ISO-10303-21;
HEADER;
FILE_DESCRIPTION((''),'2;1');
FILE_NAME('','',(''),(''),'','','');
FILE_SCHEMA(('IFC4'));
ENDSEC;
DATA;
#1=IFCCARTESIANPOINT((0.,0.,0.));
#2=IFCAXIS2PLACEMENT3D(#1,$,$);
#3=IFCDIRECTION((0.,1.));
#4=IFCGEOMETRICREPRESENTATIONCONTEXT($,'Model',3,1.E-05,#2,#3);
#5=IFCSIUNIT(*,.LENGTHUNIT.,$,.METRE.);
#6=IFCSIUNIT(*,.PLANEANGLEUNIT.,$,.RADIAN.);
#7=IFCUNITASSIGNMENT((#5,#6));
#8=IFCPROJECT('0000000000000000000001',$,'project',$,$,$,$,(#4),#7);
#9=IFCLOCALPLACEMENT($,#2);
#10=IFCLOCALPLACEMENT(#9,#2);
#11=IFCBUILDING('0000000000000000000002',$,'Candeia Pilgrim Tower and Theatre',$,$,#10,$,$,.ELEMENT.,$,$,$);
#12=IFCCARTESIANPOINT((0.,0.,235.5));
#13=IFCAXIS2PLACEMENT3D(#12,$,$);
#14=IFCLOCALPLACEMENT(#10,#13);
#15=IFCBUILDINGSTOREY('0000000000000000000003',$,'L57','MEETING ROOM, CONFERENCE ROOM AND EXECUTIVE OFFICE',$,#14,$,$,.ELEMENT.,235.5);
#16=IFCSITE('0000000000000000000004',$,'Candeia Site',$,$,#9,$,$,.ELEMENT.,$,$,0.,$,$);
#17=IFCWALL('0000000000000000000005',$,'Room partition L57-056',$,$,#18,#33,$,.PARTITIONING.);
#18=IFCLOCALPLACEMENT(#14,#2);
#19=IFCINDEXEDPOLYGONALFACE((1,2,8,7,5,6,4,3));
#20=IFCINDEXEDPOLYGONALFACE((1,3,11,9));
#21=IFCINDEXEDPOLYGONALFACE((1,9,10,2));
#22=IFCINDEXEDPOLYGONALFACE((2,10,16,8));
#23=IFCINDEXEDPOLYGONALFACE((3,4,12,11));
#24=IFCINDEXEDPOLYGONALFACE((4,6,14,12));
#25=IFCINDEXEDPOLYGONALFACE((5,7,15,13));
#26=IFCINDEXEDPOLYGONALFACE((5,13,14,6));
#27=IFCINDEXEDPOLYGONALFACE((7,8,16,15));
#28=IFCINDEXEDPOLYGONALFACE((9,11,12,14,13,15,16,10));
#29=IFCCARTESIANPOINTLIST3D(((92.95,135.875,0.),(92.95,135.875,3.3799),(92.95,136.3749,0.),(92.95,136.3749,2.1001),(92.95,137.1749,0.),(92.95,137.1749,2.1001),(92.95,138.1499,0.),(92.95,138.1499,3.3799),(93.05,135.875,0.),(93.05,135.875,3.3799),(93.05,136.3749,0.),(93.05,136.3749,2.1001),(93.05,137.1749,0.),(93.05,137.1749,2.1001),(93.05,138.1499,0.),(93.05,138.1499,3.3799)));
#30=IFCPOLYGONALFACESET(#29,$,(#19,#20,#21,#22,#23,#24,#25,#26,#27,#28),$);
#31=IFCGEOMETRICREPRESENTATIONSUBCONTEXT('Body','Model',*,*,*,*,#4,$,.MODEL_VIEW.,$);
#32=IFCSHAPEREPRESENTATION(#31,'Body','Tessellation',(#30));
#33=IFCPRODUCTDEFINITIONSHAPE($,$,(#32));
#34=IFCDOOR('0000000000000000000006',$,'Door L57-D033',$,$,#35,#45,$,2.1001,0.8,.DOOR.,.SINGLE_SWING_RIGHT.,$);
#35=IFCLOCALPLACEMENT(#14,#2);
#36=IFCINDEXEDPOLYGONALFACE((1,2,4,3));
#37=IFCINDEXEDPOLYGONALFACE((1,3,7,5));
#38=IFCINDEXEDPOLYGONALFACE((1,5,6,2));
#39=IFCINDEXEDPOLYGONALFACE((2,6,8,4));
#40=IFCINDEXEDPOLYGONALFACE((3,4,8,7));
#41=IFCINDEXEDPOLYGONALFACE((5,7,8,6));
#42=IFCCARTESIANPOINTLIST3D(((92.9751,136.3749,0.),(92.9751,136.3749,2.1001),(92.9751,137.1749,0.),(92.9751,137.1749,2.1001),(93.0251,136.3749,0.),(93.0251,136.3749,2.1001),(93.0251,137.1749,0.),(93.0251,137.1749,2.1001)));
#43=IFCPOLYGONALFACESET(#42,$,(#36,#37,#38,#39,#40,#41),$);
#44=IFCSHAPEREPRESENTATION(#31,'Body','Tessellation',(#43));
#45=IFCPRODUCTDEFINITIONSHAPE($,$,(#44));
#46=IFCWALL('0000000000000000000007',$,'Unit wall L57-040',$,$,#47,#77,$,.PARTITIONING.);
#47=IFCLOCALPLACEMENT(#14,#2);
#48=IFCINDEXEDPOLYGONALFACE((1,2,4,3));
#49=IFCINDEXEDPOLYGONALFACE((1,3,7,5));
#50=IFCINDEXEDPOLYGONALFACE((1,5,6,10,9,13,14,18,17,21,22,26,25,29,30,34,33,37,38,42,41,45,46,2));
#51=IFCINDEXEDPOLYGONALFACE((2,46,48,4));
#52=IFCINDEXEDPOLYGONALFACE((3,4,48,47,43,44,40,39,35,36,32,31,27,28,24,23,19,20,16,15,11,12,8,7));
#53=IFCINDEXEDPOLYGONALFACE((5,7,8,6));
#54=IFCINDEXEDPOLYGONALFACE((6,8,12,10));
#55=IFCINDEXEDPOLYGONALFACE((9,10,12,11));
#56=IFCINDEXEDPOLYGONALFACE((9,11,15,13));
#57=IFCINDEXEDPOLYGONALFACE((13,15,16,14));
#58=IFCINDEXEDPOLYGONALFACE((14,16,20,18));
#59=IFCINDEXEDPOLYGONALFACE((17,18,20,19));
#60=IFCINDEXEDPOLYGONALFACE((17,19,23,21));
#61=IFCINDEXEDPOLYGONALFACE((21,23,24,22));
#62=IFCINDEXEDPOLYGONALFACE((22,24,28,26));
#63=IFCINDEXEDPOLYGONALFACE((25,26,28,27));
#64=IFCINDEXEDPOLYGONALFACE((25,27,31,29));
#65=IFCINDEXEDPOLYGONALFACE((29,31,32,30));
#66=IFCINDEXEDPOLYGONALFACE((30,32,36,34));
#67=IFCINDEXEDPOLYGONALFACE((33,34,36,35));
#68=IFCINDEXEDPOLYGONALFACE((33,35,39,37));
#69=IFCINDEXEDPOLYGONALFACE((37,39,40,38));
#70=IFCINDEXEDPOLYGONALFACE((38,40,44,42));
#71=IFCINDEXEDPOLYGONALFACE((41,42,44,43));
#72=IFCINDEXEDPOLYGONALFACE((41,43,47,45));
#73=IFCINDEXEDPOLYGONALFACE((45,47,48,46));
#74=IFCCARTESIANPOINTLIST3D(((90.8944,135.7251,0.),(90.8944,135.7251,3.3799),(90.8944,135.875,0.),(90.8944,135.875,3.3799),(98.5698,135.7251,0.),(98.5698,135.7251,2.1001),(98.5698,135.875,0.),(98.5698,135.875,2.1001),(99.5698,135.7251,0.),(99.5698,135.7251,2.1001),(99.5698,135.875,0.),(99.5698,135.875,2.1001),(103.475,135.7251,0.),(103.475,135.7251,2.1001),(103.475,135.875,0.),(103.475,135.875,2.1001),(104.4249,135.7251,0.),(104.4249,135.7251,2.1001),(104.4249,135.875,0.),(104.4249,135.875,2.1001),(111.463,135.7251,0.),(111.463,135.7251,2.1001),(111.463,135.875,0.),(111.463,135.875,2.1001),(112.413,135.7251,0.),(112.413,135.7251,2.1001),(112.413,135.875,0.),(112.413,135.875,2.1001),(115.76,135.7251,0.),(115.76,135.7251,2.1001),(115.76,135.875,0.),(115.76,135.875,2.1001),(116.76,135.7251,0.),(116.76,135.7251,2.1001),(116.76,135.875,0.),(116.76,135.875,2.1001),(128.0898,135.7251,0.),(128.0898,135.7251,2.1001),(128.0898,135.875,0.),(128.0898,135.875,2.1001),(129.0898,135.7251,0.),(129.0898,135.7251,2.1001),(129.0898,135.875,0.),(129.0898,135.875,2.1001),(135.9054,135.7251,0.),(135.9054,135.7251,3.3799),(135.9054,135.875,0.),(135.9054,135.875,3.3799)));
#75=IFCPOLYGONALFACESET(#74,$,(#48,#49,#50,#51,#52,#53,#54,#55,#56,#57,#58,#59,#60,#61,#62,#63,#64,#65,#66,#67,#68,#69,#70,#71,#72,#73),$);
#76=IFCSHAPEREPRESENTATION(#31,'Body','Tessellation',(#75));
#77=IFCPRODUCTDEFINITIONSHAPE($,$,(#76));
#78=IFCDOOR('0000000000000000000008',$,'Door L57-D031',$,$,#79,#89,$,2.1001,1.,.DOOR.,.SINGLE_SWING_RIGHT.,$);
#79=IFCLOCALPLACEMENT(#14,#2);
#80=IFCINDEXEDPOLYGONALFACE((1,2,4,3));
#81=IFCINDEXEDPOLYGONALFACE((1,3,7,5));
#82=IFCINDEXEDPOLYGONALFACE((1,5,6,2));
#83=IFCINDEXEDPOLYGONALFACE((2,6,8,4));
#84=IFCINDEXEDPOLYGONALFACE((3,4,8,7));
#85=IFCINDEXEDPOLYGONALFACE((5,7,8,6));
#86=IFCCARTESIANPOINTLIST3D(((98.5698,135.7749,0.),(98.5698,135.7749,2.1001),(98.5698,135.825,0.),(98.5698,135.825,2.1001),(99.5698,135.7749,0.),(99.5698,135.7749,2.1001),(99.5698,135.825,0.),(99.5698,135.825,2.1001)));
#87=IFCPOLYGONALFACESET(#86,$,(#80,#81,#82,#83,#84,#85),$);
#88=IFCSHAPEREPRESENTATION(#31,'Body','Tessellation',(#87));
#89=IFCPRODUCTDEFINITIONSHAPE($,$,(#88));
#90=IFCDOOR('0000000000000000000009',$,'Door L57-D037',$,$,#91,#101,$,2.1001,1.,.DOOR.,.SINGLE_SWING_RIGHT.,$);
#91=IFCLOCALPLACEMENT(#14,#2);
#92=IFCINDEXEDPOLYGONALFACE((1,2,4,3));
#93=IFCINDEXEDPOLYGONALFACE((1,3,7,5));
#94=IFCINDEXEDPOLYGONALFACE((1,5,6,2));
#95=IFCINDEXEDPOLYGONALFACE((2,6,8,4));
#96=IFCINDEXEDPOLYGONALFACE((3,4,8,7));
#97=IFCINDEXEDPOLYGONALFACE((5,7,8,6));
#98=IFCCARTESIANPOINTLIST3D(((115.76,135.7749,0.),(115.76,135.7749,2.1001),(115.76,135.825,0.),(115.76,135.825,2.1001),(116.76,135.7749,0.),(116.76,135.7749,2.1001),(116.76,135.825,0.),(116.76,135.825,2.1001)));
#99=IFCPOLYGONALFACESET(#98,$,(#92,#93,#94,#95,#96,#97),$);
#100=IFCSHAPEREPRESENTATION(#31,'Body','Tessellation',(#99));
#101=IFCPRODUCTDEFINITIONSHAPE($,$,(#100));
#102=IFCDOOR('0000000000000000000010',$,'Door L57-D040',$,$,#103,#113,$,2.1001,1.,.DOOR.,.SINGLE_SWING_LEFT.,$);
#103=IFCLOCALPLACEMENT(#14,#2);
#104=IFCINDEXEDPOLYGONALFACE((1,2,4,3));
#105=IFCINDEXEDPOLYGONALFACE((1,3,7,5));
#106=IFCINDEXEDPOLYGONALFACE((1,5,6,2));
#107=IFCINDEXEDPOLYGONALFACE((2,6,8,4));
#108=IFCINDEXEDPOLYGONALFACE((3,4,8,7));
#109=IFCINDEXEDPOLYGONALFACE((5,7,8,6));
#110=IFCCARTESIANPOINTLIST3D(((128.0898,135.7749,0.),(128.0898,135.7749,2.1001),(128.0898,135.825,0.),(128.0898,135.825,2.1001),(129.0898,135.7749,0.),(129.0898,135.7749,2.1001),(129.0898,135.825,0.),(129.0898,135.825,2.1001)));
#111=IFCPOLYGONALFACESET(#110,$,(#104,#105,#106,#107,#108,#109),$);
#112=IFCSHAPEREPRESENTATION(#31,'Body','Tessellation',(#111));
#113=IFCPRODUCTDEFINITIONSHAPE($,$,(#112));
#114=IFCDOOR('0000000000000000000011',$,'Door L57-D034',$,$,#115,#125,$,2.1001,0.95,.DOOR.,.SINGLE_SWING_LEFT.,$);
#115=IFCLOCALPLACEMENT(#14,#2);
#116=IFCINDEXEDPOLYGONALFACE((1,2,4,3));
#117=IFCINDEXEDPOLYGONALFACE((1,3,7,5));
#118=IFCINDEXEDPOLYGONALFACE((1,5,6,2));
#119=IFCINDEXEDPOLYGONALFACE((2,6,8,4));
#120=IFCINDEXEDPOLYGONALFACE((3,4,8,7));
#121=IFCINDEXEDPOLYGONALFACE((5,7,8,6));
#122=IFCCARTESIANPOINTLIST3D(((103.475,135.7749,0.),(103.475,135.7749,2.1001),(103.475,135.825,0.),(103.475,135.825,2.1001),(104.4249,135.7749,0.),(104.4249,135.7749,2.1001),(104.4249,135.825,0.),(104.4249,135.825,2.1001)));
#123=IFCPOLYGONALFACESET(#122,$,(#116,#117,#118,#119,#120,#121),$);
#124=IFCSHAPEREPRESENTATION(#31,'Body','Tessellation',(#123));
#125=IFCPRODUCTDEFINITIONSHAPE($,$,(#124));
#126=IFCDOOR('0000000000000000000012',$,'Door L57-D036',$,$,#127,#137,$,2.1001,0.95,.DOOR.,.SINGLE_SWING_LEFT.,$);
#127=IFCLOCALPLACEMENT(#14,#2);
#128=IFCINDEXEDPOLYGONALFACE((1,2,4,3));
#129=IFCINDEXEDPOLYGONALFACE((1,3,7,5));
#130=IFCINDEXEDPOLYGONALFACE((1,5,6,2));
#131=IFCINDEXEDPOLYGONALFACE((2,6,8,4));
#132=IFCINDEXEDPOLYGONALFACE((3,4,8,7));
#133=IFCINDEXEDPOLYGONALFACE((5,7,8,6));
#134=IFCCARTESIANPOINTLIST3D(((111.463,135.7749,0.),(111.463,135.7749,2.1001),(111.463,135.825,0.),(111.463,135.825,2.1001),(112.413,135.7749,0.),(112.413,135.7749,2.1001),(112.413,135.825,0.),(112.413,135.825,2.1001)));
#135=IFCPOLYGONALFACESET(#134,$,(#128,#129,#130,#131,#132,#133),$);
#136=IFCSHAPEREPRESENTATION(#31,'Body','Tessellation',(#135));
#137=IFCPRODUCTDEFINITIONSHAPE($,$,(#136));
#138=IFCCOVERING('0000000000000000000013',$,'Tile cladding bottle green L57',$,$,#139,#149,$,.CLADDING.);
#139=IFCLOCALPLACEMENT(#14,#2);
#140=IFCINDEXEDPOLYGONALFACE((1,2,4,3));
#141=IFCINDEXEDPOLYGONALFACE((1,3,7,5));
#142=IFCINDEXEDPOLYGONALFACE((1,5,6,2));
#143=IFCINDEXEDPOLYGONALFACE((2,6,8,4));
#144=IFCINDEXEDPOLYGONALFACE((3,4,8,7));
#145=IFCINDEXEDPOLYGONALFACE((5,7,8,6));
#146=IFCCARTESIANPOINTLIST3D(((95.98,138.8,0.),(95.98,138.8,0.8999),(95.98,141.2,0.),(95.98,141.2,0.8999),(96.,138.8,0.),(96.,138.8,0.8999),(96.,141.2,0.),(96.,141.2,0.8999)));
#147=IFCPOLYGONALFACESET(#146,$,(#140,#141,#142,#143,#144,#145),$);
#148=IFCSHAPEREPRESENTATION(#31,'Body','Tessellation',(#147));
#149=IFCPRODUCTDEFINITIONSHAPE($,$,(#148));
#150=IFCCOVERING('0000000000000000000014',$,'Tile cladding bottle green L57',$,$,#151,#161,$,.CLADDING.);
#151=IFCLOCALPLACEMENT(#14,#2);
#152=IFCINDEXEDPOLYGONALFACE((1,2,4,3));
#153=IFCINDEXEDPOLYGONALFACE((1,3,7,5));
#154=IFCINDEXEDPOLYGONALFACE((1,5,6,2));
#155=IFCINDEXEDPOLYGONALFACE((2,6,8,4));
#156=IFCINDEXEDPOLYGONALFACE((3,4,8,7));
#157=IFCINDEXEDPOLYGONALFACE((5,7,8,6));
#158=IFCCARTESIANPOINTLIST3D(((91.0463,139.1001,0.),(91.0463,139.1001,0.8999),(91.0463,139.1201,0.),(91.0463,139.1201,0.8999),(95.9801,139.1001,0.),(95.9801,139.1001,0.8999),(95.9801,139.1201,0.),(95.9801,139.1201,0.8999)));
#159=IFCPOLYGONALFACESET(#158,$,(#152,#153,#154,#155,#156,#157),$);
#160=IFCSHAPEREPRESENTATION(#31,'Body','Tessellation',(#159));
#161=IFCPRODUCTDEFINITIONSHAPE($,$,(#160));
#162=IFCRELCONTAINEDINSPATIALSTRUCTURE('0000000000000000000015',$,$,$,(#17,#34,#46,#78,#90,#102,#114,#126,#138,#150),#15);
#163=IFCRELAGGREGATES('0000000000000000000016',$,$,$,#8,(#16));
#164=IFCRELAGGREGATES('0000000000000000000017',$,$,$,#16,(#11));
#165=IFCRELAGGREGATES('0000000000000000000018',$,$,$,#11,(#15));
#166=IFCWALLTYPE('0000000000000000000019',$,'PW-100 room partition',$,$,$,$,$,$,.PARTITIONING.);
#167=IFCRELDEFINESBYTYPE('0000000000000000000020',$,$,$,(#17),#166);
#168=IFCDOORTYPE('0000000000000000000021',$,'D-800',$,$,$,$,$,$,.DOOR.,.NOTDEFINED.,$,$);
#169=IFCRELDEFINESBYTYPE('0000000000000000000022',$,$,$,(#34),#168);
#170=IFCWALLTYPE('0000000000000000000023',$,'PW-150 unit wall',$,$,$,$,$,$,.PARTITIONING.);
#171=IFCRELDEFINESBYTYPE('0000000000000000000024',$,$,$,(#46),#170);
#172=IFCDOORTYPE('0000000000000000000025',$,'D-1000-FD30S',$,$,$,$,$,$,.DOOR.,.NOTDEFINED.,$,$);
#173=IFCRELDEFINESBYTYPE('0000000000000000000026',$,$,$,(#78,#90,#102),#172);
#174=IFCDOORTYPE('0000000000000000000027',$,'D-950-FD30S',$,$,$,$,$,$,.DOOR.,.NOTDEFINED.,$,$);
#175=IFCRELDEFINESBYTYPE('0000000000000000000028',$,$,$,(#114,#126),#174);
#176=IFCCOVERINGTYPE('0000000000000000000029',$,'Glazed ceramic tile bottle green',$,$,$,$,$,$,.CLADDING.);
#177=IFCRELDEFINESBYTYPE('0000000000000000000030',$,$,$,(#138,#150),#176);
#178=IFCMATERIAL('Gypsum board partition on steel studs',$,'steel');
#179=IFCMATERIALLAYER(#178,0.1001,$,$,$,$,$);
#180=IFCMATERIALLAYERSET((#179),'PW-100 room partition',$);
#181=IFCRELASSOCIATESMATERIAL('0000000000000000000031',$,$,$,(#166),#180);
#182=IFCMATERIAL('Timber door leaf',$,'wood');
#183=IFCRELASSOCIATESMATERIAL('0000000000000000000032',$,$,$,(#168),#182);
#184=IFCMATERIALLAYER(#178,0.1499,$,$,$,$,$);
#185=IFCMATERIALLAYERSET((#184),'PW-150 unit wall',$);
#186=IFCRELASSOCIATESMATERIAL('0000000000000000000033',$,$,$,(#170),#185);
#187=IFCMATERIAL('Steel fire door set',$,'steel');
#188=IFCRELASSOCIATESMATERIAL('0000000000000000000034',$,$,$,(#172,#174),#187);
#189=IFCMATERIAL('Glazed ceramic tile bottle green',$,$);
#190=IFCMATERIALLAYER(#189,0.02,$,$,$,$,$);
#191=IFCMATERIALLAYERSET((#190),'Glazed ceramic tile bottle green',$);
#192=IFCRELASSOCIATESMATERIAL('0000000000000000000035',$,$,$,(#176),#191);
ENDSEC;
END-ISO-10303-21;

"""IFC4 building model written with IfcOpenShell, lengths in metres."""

from ifc_helpers import new_model, si_unit, direction, frame, frame_2d, origin, origin_2d, place, context, subcontext, project, spatial, rectangle, extrude, material, layer, layer_set, type_object, element, fill, save


model = new_model("IFC4")

# Units and contexts
model_context = context("Model", 3, precision=1e-05, world=origin(), true_north=direction((0.0, 1.0)))
body_context = subcontext(model_context, "Body", "Model", "MODEL_VIEW")
ifc_project = project(units=[si_unit("LENGTHUNIT", "METRE"), si_unit("PLANEANGLEUNIT", "RADIAN")], contexts=[model_context])

# Site, building, storey
site_placement = place(None, origin())
site = spatial("IfcSite", under=ifc_project, at=site_placement, Name="Candeia Site", CompositionType="ELEMENT", RefElevation=0.0)
building_placement = place(site_placement, origin())
building = spatial("IfcBuilding", under=site, at=building_placement, Name="Candeia Pilgrim Tower and Theatre", CompositionType="ELEMENT")
storey_placement = place(building_placement, frame((0.0, 0.0, 235.5)))
storey = spatial("IfcBuildingStorey", under=building, at=storey_placement, Name="L57", Description="MEETING ROOM, CONFERENCE ROOM AND EXECUTIVE OFFICE", CompositionType="ELEMENT", Elevation=235.5)

# Shared definitions
ifc_material_1 = material(Name="Gypsum board partition on steel studs", Category="steel")
ifc_layer_1 = layer(ifc_material_1, 0.1001)
ifc_layer_set_1 = layer_set([ifc_layer_1], Name="PW-100 room partition")
wall_type_1 = type_object("IfcWallType", Name="PW-100 room partition", PredefinedType="PARTITIONING", material=ifc_layer_set_1)

# Wall, opening, door
wall_1_placement = place(storey_placement, frame((93.0, 135.875, 0.0), z_axis=(0.0, 0.0, 1.0), x_axis=(0.0, 1.0, 0.0)))
wall_1 = element("IfcWall", 1, at=wall_1_placement, inside=storey, type_object=wall_type_1, Name="Room partition L57-056", PredefinedType="PARTITIONING", context=body_context, shape_type="SweptSolid", body=[
    extrude(rectangle(XDim=2.2749, YDim=0.1001, at=frame_2d((1.1375, 0.0))), origin(), (0.0, 0.0, 1.0), 3.3799),
])
opening_1_placement = place(wall_1_placement, frame((0.5, 0.0, 0.0)))
opening_1 = element("IfcOpeningElement", 2, at=opening_1_placement, cuts=wall_1, PredefinedType="OPENING", context=body_context, shape_type="SweptSolid", body=[
    extrude(rectangle(XDim=0.8, YDim=2.1001, at=frame_2d((0.3999, 1.05))), frame((0.0, 0.0601, 0.0), z_axis=(0.0, -1.0, 0.0), x_axis=(1.0, 0.0, 0.0)), (0.0, 0.0, 1.0), 0.1201),
])
ifc_material_2 = material(Name="Timber door leaf", Category="wood")
door_type_1 = type_object("IfcDoorType", Name="D-800", OperationType="NOTDEFINED", PredefinedType="DOOR", material=ifc_material_2)
door_1_placement = place(opening_1_placement, origin())
door_1 = element("IfcDoor", 3, at=door_1_placement, inside=storey, type_object=door_type_1, Name="Door L57-D033", OperationType="SINGLE_SWING_RIGHT", OverallHeight=2.1001, OverallWidth=0.8, PredefinedType="DOOR", context=body_context, shape_type="SweptSolid", body=[
    extrude(rectangle(XDim=0.8, YDim=2.1001, at=frame_2d((0.3999, 1.05))), frame((0.0, 0.0249, 0.0), z_axis=(0.0, -1.0, 0.0), x_axis=(1.0, 0.0, 0.0)), (0.0, 0.0, 1.0), 0.05),
])
fill(opening_1, door_1)

# Wall, openings, doors
ifc_layer_2 = layer(ifc_material_1, 0.1499)
ifc_layer_set_2 = layer_set([ifc_layer_2], Name="PW-150 unit wall")
wall_type_2 = type_object("IfcWallType", Name="PW-150 unit wall", PredefinedType="PARTITIONING", material=ifc_layer_set_2)
wall_2_placement = place(storey_placement, frame((90.8945, 135.8, 0.0), z_axis=(0.0, 0.0, 1.0), x_axis=(1.0, 0.0, 0.0)))
wall_2 = element("IfcWall", 4, at=wall_2_placement, inside=storey, type_object=wall_type_2, Name="Unit wall L57-040", PredefinedType="PARTITIONING", context=body_context, shape_type="SweptSolid", body=[
    extrude(rectangle(XDim=45.011, YDim=0.1499, at=frame_2d((22.5054, 0.0))), origin(), (0.0, 0.0, 1.0), 3.3799),
])
opening_2_placement = place(wall_2_placement, frame((7.6753, 0.0, 0.0)))
opening_2 = element("IfcOpeningElement", 5, at=opening_2_placement, cuts=wall_2, PredefinedType="OPENING", context=body_context, shape_type="SweptSolid", body=[
    extrude(rectangle(XDim=1.0, YDim=2.1001, at=frame_2d((0.5, 1.05))), frame((0.0, 0.085, 0.0), z_axis=(0.0, -1.0, 0.0), x_axis=(1.0, 0.0, 0.0)), (0.0, 0.0, 1.0), 0.1699),
])
opening_3_placement = place(wall_2_placement, frame((12.5803, 0.0, 0.0)))
opening_3 = element("IfcOpeningElement", 6, at=opening_3_placement, cuts=wall_2, PredefinedType="OPENING", context=body_context, shape_type="SweptSolid", body=[
    extrude(rectangle(XDim=0.95, YDim=2.1001, at=frame_2d((0.4751, 1.05))), frame((0.0, 0.085, 0.0), z_axis=(0.0, -1.0, 0.0), x_axis=(1.0, 0.0, 0.0)), (0.0, 0.0, 1.0), 0.1699),
])
opening_4_placement = place(wall_2_placement, frame((20.5684, 0.0, 0.0)))
opening_4 = element("IfcOpeningElement", 7, at=opening_4_placement, cuts=wall_2, PredefinedType="OPENING", context=body_context, shape_type="SweptSolid", body=[
    extrude(rectangle(XDim=0.95, YDim=2.1001, at=frame_2d((0.4751, 1.05))), frame((0.0, 0.085, 0.0), z_axis=(0.0, -1.0, 0.0), x_axis=(1.0, 0.0, 0.0)), (0.0, 0.0, 1.0), 0.1699),
])
opening_5_placement = place(wall_2_placement, frame((24.8655, 0.0, 0.0)))
opening_5 = element("IfcOpeningElement", 8, at=opening_5_placement, cuts=wall_2, PredefinedType="OPENING", context=body_context, shape_type="SweptSolid", body=[
    extrude(rectangle(XDim=1.0, YDim=2.1001, at=frame_2d((0.5, 1.05))), frame((0.0, 0.085, 0.0), z_axis=(0.0, -1.0, 0.0), x_axis=(1.0, 0.0, 0.0)), (0.0, 0.0, 1.0), 0.1699),
])
opening_6_placement = place(wall_2_placement, frame((37.1953, 0.0, 0.0)))
opening_6 = element("IfcOpeningElement", 9, at=opening_6_placement, cuts=wall_2, PredefinedType="OPENING", context=body_context, shape_type="SweptSolid", body=[
    extrude(rectangle(XDim=1.0, YDim=2.1001, at=frame_2d((0.5, 1.05))), frame((0.0, 0.085, 0.0), z_axis=(0.0, -1.0, 0.0), x_axis=(1.0, 0.0, 0.0)), (0.0, 0.0, 1.0), 0.1699),
])
ifc_material_3 = material(Name="Steel fire door set", Category="steel")
door_type_2 = type_object("IfcDoorType", Name="D-1000-FD30S", OperationType="NOTDEFINED", PredefinedType="DOOR", material=ifc_material_3)
door_2_placement = place(opening_2_placement, origin())
door_2 = element("IfcDoor", 10, at=door_2_placement, inside=storey, type_object=door_type_2, Name="Door L57-D031", OperationType="SINGLE_SWING_RIGHT", OverallHeight=2.1001, OverallWidth=1.0, PredefinedType="DOOR", context=body_context, shape_type="SweptSolid", body=[
    extrude(rectangle(XDim=1.0, YDim=2.1001, at=frame_2d((0.5, 1.05))), frame((0.0, 0.0249, 0.0), z_axis=(0.0, -1.0, 0.0), x_axis=(1.0, 0.0, 0.0)), (0.0, 0.0, 1.0), 0.05),
])
fill(opening_2, door_2)
door_3_placement = place(opening_5_placement, origin())
door_3 = element("IfcDoor", 11, at=door_3_placement, inside=storey, type_object=door_type_2, Name="Door L57-D037", OperationType="SINGLE_SWING_RIGHT", OverallHeight=2.1001, OverallWidth=1.0, PredefinedType="DOOR", context=body_context, shape_type="SweptSolid", body=[
    extrude(rectangle(XDim=1.0, YDim=2.1001, at=frame_2d((0.5, 1.05))), frame((0.0, 0.0249, 0.0), z_axis=(0.0, -1.0, 0.0), x_axis=(1.0, 0.0, 0.0)), (0.0, 0.0, 1.0), 0.05),
])
fill(opening_5, door_3)
door_4_placement = place(opening_6_placement, origin())
door_4 = element("IfcDoor", 12, at=door_4_placement, inside=storey, type_object=door_type_2, Name="Door L57-D040", OperationType="SINGLE_SWING_LEFT", OverallHeight=2.1001, OverallWidth=1.0, PredefinedType="DOOR", context=body_context, shape_type="SweptSolid", body=[
    extrude(rectangle(XDim=1.0, YDim=2.1001, at=frame_2d((0.5, 1.05))), frame((0.0, 0.0249, 0.0), z_axis=(0.0, -1.0, 0.0), x_axis=(1.0, 0.0, 0.0)), (0.0, 0.0, 1.0), 0.05),
])
fill(opening_6, door_4)
door_type_3 = type_object("IfcDoorType", Name="D-950-FD30S", OperationType="NOTDEFINED", PredefinedType="DOOR", material=ifc_material_3)
door_5_placement = place(opening_3_placement, origin())
door_5 = element("IfcDoor", 13, at=door_5_placement, inside=storey, type_object=door_type_3, Name="Door L57-D034", OperationType="SINGLE_SWING_LEFT", OverallHeight=2.1001, OverallWidth=0.95, PredefinedType="DOOR", context=body_context, shape_type="SweptSolid", body=[
    extrude(rectangle(XDim=0.95, YDim=2.1001, at=frame_2d((0.4751, 1.05))), frame((0.0, 0.0249, 0.0), z_axis=(0.0, -1.0, 0.0), x_axis=(1.0, 0.0, 0.0)), (0.0, 0.0, 1.0), 0.05),
])
fill(opening_3, door_5)
door_6_placement = place(opening_4_placement, origin())
door_6 = element("IfcDoor", 14, at=door_6_placement, inside=storey, type_object=door_type_3, Name="Door L57-D036", OperationType="SINGLE_SWING_LEFT", OverallHeight=2.1001, OverallWidth=0.95, PredefinedType="DOOR", context=body_context, shape_type="SweptSolid", body=[
    extrude(rectangle(XDim=0.95, YDim=2.1001, at=frame_2d((0.4751, 1.05))), frame((0.0, 0.0249, 0.0), z_axis=(0.0, -1.0, 0.0), x_axis=(1.0, 0.0, 0.0)), (0.0, 0.0, 1.0), 0.05),
])
fill(opening_4, door_6)

# Coverings
ifc_material_4 = material(Name="Glazed ceramic tile bottle green")
ifc_layer_3 = layer(ifc_material_4, 0.02)
ifc_layer_set_3 = layer_set([ifc_layer_3], Name="Glazed ceramic tile bottle green")
covering_type_1 = type_object("IfcCoveringType", Name="Glazed ceramic tile bottle green", PredefinedType="CLADDING", material=ifc_layer_set_3)
covering_1_placement = place(storey_placement, frame((95.99, 140.0, 0.0), z_axis=(0.0, 0.0, 1.0), x_axis=(0.0, -1.0, 0.0)))
element("IfcCovering", 15, at=covering_1_placement, inside=storey, type_object=covering_type_1, Name="Tile cladding bottle green L57", PredefinedType="CLADDING", context=body_context, shape_type="SweptSolid", body=[
    extrude(rectangle(XDim=2.3999, YDim=0.02, at=origin_2d()), origin(), (0.0, 0.0, 1.0), 0.8999),
])
covering_2_placement = place(storey_placement, frame((93.5132, 139.1101, 0.0), z_axis=(0.0, 0.0, 1.0), x_axis=(-1.0, 0.0, 0.0)))
element("IfcCovering", 16, at=covering_2_placement, inside=storey, type_object=covering_type_1, Name="Tile cladding bottle green L57", PredefinedType="CLADDING", context=body_context, shape_type="SweptSolid", body=[
    extrude(rectangle(XDim=4.9338, YDim=0.02, at=origin_2d()), origin(), (0.0, 0.0, 1.0), 0.8999),
])

save(model, "model.ifc")
